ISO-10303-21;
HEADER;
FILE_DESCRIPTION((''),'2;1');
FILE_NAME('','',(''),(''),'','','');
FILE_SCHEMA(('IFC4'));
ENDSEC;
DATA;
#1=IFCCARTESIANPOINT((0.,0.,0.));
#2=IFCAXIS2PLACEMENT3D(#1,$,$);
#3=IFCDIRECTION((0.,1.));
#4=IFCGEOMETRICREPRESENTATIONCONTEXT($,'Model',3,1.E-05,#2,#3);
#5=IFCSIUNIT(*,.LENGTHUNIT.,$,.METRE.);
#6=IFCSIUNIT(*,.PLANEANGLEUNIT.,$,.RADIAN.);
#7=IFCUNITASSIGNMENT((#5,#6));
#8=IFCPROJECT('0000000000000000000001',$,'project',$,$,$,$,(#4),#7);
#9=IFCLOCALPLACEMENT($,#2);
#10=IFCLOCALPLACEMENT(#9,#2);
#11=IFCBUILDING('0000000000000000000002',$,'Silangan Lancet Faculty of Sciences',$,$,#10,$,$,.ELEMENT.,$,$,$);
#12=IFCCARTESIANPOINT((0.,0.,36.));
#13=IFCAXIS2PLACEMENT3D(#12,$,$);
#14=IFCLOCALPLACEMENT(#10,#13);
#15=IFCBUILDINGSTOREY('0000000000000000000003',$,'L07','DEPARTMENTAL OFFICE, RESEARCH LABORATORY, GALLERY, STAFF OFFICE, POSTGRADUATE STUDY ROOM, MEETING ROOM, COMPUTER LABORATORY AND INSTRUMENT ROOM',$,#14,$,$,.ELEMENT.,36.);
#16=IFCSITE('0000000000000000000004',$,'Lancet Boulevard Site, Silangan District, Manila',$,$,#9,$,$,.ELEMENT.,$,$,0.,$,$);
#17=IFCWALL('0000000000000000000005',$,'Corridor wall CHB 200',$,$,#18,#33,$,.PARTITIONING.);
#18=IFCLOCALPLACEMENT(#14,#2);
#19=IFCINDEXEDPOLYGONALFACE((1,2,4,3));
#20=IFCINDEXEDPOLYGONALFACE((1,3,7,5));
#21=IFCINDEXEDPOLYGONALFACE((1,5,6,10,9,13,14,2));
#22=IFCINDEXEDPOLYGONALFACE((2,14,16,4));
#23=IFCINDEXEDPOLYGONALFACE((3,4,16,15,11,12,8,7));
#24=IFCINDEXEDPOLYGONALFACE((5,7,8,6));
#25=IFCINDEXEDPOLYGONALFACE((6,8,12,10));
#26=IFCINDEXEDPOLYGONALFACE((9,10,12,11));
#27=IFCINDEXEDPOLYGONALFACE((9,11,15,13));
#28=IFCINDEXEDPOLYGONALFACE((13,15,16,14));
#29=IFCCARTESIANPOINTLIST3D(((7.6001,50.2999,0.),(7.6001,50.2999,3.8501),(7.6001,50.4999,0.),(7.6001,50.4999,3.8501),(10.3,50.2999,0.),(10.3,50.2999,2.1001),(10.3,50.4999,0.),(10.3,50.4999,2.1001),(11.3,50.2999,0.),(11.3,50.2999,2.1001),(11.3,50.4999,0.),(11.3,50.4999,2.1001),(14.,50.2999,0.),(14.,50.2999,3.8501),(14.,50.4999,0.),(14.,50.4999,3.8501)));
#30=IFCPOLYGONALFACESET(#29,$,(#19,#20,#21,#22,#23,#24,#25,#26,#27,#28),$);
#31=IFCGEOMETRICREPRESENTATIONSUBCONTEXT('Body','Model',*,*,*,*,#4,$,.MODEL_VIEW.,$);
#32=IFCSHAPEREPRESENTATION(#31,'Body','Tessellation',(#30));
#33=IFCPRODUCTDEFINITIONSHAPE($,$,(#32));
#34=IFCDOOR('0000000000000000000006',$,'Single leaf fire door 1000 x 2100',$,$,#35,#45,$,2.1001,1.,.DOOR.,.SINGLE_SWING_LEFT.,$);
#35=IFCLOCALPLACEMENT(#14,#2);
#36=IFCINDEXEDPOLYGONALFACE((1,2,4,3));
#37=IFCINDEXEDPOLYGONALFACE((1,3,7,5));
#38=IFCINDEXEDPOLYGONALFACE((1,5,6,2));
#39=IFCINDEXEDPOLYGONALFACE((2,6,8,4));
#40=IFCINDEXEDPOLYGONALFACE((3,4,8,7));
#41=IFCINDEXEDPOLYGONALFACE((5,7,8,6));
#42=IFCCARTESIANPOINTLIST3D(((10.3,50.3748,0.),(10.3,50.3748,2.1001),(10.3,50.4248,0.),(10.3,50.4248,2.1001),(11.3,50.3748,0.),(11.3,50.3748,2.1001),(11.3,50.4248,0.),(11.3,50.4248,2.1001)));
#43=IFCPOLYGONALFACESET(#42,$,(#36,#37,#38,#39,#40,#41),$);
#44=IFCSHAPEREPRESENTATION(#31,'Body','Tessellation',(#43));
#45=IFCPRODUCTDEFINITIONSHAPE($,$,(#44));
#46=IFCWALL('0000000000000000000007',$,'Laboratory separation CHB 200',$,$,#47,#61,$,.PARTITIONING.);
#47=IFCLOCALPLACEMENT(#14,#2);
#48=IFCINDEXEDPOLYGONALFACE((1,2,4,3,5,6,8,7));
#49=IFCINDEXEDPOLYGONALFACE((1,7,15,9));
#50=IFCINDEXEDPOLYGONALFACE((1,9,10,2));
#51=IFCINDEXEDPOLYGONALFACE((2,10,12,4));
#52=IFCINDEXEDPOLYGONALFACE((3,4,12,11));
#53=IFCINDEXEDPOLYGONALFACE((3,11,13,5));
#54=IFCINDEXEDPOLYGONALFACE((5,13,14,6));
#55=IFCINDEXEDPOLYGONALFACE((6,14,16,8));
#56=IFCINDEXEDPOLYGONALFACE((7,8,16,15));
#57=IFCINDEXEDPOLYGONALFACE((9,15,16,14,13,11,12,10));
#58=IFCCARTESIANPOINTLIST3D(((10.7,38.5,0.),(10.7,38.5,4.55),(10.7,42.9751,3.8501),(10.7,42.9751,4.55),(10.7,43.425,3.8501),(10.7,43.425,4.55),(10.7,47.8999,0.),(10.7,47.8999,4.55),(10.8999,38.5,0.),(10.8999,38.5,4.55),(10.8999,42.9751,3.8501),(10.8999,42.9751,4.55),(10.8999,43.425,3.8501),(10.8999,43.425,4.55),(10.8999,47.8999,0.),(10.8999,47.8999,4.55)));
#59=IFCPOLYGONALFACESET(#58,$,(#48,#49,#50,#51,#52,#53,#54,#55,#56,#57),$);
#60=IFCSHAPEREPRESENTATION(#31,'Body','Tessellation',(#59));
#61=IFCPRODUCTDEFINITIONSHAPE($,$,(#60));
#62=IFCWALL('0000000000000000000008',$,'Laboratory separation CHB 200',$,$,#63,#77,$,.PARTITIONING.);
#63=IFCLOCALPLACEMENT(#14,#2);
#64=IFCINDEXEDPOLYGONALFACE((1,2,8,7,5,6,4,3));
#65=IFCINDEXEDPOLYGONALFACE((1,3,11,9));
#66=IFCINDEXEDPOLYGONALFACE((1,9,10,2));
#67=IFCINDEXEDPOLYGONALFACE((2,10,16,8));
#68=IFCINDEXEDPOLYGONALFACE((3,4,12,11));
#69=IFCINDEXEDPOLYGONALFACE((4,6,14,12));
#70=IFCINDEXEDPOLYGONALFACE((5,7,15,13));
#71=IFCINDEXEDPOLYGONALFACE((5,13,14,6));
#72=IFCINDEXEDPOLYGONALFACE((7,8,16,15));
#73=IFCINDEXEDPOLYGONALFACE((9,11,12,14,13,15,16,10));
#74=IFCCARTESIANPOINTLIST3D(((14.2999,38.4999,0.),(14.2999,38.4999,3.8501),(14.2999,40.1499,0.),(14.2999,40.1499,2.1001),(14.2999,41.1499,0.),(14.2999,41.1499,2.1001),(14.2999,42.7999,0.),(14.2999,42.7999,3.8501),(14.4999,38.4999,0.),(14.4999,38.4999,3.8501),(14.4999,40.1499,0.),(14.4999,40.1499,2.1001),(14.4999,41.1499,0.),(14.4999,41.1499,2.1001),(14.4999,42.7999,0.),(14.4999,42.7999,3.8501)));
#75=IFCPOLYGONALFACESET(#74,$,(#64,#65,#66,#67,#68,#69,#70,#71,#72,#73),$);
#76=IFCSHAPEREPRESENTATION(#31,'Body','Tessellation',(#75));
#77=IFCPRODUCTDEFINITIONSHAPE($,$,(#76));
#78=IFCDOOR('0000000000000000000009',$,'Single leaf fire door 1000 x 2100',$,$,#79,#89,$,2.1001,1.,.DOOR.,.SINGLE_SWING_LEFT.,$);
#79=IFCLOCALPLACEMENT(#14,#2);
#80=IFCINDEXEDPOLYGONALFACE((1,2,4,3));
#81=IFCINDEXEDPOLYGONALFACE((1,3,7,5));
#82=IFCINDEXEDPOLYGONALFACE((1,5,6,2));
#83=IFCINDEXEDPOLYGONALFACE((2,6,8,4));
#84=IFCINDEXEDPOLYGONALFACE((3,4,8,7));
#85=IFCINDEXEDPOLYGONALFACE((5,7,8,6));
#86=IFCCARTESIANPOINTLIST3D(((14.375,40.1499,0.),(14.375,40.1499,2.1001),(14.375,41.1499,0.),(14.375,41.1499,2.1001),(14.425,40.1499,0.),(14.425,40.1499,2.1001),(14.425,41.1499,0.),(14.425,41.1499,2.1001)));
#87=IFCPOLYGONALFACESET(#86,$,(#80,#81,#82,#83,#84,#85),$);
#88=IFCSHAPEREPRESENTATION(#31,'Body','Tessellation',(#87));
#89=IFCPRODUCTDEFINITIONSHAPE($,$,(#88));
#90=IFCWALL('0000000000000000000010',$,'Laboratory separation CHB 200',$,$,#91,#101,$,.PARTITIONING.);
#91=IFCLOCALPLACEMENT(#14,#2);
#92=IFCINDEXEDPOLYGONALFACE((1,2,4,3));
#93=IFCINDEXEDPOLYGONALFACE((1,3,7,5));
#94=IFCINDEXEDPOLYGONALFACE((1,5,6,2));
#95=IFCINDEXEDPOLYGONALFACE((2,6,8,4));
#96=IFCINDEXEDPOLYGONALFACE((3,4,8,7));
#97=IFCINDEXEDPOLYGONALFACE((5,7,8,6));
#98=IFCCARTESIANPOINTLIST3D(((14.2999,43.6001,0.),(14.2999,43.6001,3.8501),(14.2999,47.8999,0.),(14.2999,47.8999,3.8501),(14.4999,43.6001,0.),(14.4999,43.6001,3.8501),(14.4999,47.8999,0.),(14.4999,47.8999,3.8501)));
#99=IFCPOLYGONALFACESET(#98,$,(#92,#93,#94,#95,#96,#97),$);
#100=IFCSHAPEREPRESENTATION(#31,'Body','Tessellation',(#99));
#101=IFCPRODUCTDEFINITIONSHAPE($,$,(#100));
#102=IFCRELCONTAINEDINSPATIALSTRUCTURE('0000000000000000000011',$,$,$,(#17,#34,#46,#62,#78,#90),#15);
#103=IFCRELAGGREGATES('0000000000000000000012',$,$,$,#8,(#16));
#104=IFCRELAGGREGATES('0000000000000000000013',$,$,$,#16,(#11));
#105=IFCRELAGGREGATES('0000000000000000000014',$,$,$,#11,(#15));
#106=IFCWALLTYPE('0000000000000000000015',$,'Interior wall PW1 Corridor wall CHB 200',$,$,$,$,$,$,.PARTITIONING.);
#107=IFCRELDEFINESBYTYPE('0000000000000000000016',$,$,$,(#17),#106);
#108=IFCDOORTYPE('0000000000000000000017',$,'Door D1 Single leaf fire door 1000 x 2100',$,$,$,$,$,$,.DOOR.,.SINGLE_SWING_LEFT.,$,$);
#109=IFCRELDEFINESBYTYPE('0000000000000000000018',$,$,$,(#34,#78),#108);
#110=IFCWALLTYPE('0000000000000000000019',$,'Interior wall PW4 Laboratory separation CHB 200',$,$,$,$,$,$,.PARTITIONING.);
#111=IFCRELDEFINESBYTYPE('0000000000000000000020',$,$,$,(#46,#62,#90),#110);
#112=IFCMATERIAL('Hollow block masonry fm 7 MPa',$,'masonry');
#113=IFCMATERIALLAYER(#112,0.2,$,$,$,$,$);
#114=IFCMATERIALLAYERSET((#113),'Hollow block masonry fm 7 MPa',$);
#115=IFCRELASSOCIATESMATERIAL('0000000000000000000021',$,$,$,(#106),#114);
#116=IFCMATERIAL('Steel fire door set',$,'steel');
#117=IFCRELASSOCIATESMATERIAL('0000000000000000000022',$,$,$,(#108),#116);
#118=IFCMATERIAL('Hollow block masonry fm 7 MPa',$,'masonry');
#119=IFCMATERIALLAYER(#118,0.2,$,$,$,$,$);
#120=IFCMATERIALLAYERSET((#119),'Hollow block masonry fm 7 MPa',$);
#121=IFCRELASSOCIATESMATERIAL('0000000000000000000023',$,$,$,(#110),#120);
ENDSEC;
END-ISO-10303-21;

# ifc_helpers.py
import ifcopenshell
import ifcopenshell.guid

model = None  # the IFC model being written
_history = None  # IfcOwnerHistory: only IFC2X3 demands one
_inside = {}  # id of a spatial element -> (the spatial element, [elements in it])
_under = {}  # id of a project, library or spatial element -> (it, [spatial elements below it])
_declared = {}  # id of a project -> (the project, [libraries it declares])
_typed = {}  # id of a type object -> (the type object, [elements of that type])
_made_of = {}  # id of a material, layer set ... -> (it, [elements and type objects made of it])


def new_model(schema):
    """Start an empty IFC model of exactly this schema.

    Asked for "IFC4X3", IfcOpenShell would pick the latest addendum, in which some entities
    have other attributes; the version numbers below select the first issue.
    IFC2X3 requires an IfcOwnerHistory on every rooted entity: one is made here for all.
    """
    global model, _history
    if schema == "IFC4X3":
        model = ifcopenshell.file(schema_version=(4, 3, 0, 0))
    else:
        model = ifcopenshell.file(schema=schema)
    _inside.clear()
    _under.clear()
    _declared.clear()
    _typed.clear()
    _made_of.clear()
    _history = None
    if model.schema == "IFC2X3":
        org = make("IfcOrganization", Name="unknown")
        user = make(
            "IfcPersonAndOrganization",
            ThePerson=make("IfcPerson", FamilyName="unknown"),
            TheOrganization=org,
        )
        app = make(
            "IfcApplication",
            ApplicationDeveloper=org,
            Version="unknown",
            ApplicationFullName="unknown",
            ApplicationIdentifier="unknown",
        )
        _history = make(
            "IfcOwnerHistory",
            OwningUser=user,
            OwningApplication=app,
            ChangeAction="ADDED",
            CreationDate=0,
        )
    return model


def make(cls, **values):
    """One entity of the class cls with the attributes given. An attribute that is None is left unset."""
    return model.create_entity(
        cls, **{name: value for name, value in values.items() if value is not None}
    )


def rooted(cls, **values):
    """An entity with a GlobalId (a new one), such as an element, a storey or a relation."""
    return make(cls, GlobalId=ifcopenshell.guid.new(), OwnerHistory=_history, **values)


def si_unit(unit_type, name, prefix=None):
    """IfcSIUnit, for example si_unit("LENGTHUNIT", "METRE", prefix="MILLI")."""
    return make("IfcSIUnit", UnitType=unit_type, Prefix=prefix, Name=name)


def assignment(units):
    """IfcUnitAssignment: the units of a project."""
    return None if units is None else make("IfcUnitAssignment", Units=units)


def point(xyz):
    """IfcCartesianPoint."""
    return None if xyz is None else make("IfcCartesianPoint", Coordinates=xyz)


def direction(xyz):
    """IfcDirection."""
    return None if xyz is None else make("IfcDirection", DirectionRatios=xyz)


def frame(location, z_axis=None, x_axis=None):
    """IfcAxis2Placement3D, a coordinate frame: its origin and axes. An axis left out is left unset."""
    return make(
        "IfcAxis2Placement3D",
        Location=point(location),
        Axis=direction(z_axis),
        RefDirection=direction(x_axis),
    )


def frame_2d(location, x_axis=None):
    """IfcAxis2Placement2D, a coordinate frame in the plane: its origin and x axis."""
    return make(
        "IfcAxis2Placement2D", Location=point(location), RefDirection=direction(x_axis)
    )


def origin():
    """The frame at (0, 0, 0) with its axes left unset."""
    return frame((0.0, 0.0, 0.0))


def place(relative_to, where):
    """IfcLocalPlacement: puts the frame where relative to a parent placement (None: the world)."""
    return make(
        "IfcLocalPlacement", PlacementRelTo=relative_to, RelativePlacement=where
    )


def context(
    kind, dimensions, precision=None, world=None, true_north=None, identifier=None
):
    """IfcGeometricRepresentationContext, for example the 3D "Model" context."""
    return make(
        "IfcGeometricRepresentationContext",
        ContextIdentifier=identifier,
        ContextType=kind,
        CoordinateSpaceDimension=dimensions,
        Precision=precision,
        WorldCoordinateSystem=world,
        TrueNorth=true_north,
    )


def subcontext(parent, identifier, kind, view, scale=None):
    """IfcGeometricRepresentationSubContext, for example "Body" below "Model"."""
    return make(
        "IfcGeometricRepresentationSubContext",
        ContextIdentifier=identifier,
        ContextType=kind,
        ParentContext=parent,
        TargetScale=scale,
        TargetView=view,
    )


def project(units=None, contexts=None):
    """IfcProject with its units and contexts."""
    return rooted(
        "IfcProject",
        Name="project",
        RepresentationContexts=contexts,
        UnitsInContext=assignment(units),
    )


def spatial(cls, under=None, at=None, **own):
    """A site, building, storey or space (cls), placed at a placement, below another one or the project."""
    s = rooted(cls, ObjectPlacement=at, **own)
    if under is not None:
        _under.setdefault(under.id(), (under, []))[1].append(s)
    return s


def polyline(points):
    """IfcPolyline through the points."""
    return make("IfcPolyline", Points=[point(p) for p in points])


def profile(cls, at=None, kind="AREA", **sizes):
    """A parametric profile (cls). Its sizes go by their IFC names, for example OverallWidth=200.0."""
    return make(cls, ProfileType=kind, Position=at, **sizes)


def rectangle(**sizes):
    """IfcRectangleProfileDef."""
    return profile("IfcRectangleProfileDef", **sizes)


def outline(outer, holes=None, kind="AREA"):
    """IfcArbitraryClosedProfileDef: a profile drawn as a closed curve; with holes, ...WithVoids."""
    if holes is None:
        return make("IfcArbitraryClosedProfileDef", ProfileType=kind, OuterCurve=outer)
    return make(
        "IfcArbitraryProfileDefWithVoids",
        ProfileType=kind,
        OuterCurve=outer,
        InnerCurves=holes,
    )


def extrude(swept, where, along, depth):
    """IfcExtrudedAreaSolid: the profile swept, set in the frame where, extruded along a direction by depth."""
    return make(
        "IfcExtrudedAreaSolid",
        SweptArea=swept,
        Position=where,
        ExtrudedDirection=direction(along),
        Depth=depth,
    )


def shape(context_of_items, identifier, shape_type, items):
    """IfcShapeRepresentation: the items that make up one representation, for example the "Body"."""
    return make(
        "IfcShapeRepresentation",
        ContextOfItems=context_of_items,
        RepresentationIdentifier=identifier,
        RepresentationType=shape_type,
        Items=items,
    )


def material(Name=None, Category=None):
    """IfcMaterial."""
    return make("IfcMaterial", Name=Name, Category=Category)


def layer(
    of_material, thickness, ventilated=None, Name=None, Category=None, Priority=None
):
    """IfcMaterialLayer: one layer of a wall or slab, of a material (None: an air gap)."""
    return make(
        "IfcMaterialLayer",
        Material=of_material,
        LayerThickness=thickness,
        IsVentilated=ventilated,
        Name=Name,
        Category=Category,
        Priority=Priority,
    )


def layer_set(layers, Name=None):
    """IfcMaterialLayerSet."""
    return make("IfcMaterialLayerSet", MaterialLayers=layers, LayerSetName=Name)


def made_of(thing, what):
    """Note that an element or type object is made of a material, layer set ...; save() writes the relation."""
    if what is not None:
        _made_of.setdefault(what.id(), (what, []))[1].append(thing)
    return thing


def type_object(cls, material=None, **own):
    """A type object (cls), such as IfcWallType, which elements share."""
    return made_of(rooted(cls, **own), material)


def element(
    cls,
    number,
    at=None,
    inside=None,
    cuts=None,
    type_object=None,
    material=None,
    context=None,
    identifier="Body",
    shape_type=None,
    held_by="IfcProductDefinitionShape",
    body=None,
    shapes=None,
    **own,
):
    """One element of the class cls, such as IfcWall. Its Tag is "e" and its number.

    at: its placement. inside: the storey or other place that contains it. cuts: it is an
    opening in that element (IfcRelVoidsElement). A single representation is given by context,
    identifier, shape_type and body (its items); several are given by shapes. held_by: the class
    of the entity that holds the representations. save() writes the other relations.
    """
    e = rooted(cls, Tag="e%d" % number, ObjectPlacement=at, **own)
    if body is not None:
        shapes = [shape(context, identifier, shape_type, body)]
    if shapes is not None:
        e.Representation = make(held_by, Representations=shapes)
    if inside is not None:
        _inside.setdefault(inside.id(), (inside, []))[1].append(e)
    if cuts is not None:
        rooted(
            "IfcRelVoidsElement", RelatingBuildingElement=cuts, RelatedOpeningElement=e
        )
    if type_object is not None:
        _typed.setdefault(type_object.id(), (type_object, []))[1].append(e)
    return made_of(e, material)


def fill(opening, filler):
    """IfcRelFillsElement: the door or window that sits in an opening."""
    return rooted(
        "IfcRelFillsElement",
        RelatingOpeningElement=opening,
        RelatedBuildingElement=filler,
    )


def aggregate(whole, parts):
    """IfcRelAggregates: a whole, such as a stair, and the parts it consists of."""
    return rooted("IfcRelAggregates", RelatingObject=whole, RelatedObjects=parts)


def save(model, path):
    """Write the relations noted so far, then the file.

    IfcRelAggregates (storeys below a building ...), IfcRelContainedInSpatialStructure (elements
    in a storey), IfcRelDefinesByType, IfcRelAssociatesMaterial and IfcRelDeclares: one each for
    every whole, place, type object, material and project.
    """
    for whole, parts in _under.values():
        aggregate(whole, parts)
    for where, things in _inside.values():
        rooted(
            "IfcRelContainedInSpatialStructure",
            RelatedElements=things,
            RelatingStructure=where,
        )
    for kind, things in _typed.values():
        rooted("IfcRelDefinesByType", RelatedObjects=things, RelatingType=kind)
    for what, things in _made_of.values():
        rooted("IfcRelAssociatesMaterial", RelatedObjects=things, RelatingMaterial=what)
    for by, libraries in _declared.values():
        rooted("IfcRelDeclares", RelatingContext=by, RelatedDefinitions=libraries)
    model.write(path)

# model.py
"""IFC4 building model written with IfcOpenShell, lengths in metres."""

from ifc_helpers import new_model, si_unit, direction, frame, frame_2d, origin, place, context, subcontext, project, spatial, polyline, rectangle, outline, extrude, material, layer, layer_set, type_object, element, fill, save


model = new_model("IFC4")

# Units and contexts
model_context = context("Model", 3, precision=1e-05, world=origin(), true_north=direction((0.0, 1.0)))
body_context = subcontext(model_context, "Body", "Model", "MODEL_VIEW")
ifc_project = project(units=[si_unit("LENGTHUNIT", "METRE"), si_unit("PLANEANGLEUNIT", "RADIAN")], contexts=[model_context])

# Site, building, storey
site_placement = place(None, origin())
site = spatial("IfcSite", under=ifc_project, at=site_placement, Name="Lancet Boulevard Site, Silangan District, Manila", CompositionType="ELEMENT", RefElevation=0.0)
building_placement = place(site_placement, origin())
building = spatial("IfcBuilding", under=site, at=building_placement, Name="Silangan Lancet Faculty of Sciences", CompositionType="ELEMENT")
storey_placement = place(building_placement, frame((0.0, 0.0, 36.0)))
storey = spatial("IfcBuildingStorey", under=building, at=storey_placement, Name="L07", Description="DEPARTMENTAL OFFICE, RESEARCH LABORATORY, GALLERY, STAFF OFFICE, POSTGRADUATE STUDY ROOM, MEETING ROOM, COMPUTER LABORATORY AND INSTRUMENT ROOM", CompositionType="ELEMENT", Elevation=36.0)

# Wall, opening, door
ifc_material_1 = material(Name="Hollow block masonry fm 7 MPa", Category="masonry")
ifc_layer_1 = layer(ifc_material_1, 0.2)
ifc_layer_set_1 = layer_set([ifc_layer_1], Name="Hollow block masonry fm 7 MPa")
wall_type_1 = type_object("IfcWallType", Name="Interior wall PW1 Corridor wall CHB 200", PredefinedType="PARTITIONING", material=ifc_layer_set_1)
wall_1_placement = place(storey_placement, frame((7.6001, 50.3999, 0.0), z_axis=(0.0, 0.0, 1.0), x_axis=(1.0, 0.0, 0.0)))
wall_1 = element("IfcWall", 1, at=wall_1_placement, inside=storey, type_object=wall_type_1, Name="Corridor wall CHB 200", PredefinedType="PARTITIONING", context=body_context, shape_type="SweptSolid", body=[
    extrude(rectangle(XDim=6.3999, YDim=0.2, at=frame_2d((3.2, 0.0))), origin(), (0.0, 0.0, 1.0), 3.8501),
])
opening_1_placement = place(wall_1_placement, frame((2.7, 0.0, 0.0)))
opening_1 = element("IfcOpeningElement", 2, at=opening_1_placement, cuts=wall_1, PredefinedType="OPENING", context=body_context, shape_type="SweptSolid", body=[
    extrude(rectangle(XDim=1.0, YDim=2.1001, at=frame_2d((0.5, 1.05))), frame((0.0, 0.1099, 0.0), z_axis=(0.0, -1.0, 0.0), x_axis=(1.0, 0.0, 0.0)), (0.0, 0.0, 1.0), 0.22),
])
ifc_material_2 = material(Name="Steel fire door set", Category="steel")
door_type = type_object("IfcDoorType", Name="Door D1 Single leaf fire door 1000 x 2100", OperationType="SINGLE_SWING_LEFT", PredefinedType="DOOR", material=ifc_material_2)
door_1_placement = place(opening_1_placement, origin())
door_1 = element("IfcDoor", 3, at=door_1_placement, inside=storey, type_object=door_type, Name="Single leaf fire door 1000 x 2100", OperationType="SINGLE_SWING_LEFT", OverallHeight=2.1001, OverallWidth=1.0, PredefinedType="DOOR", context=body_context, shape_type="SweptSolid", body=[
    extrude(rectangle(XDim=1.0, YDim=2.1001, at=frame_2d((0.5, 1.05))), frame((0.0, 0.0249, 0.0), z_axis=(0.0, -1.0, 0.0), x_axis=(1.0, 0.0, 0.0)), (0.0, 0.0, 1.0), 0.05),
])
fill(opening_1, door_1)

# Wall
ifc_material_3 = material(Name="Hollow block masonry fm 7 MPa", Category="masonry")
ifc_layer_2 = layer(ifc_material_3, 0.2)
ifc_layer_set_2 = layer_set([ifc_layer_2], Name="Hollow block masonry fm 7 MPa")
wall_type_2 = type_object("IfcWallType", Name="Interior wall PW4 Laboratory separation CHB 200", PredefinedType="PARTITIONING", material=ifc_layer_set_2)
wall_2_placement = place(storey_placement, frame((10.8, 38.5, 0.0), z_axis=(0.0, 0.0, 1.0), x_axis=(0.0, 1.0, 0.0)))
element("IfcWall", 4, at=wall_2_placement, inside=storey, type_object=wall_type_2, Name="Laboratory separation CHB 200", PredefinedType="PARTITIONING", context=body_context, shape_type="SweptSolid", body=[
    extrude(outline(polyline([(0.0, 0.0), (9.3999, 0.0), (9.3999, 4.55), (4.925, 4.55), (4.925, 3.8501), (4.4751, 3.8501), (4.4751, 4.55), (0.0, 4.55), (0.0, 0.0)])), frame((0.0, 0.1001, 0.0), z_axis=(0.0, -1.0, 0.0), x_axis=(1.0, 0.0, 0.0)), (0.0, 0.0, 1.0), 0.2),
])

# Wall, opening, door
wall_3_placement = place(storey_placement, frame((14.3999, 38.5, 0.0), z_axis=(0.0, 0.0, 1.0), x_axis=(0.0, 1.0, 0.0)))
wall_3 = element("IfcWall", 5, at=wall_3_placement, inside=storey, type_object=wall_type_2, Name="Laboratory separation CHB 200", PredefinedType="PARTITIONING", context=body_context, shape_type="SweptSolid", body=[
    extrude(rectangle(XDim=4.3, YDim=0.2, at=frame_2d((2.1499, 0.0))), origin(), (0.0, 0.0, 1.0), 3.8501),
])
opening_2_placement = place(wall_3_placement, frame((1.6499, 0.0, 0.0)))
opening_2 = element("IfcOpeningElement", 6, at=opening_2_placement, cuts=wall_3, PredefinedType="OPENING", context=body_context, shape_type="SweptSolid", body=[
    extrude(rectangle(XDim=1.0, YDim=2.1001, at=frame_2d((0.5, 1.05))), frame((0.0, 0.1099, 0.0), z_axis=(0.0, -1.0, 0.0), x_axis=(1.0, 0.0, 0.0)), (0.0, 0.0, 1.0), 0.22),
])
door_2_placement = place(opening_2_placement, frame((1.0, 0.0, 0.0), z_axis=(0.0, 0.0, 1.0), x_axis=(-1.0, 0.0, 0.0)))
door_2 = element("IfcDoor", 7, at=door_2_placement, inside=storey, type_object=door_type, Name="Single leaf fire door 1000 x 2100", OperationType="SINGLE_SWING_LEFT", OverallHeight=2.1001, OverallWidth=1.0, PredefinedType="DOOR", context=body_context, shape_type="SweptSolid", body=[
    extrude(rectangle(XDim=1.0, YDim=2.1001, at=frame_2d((0.5, 1.05))), frame((0.0, 0.0251, 0.0), z_axis=(0.0, -1.0, 0.0), x_axis=(1.0, 0.0, 0.0)), (0.0, 0.0, 1.0), 0.05),
])
fill(opening_2, door_2)

# Wall
wall_4_placement = place(storey_placement, frame((14.3999, 43.6001, 0.0), z_axis=(0.0, 0.0, 1.0), x_axis=(0.0, 1.0, 0.0)))
element("IfcWall", 8, at=wall_4_placement, inside=storey, type_object=wall_type_2, Name="Laboratory separation CHB 200", PredefinedType="PARTITIONING", context=body_context, shape_type="SweptSolid", body=[
    extrude(rectangle(XDim=4.2998, YDim=0.2, at=frame_2d((2.1499, 0.0))), origin(), (0.0, 0.0, 1.0), 3.8501),
])

save(model, "model.ifc")
